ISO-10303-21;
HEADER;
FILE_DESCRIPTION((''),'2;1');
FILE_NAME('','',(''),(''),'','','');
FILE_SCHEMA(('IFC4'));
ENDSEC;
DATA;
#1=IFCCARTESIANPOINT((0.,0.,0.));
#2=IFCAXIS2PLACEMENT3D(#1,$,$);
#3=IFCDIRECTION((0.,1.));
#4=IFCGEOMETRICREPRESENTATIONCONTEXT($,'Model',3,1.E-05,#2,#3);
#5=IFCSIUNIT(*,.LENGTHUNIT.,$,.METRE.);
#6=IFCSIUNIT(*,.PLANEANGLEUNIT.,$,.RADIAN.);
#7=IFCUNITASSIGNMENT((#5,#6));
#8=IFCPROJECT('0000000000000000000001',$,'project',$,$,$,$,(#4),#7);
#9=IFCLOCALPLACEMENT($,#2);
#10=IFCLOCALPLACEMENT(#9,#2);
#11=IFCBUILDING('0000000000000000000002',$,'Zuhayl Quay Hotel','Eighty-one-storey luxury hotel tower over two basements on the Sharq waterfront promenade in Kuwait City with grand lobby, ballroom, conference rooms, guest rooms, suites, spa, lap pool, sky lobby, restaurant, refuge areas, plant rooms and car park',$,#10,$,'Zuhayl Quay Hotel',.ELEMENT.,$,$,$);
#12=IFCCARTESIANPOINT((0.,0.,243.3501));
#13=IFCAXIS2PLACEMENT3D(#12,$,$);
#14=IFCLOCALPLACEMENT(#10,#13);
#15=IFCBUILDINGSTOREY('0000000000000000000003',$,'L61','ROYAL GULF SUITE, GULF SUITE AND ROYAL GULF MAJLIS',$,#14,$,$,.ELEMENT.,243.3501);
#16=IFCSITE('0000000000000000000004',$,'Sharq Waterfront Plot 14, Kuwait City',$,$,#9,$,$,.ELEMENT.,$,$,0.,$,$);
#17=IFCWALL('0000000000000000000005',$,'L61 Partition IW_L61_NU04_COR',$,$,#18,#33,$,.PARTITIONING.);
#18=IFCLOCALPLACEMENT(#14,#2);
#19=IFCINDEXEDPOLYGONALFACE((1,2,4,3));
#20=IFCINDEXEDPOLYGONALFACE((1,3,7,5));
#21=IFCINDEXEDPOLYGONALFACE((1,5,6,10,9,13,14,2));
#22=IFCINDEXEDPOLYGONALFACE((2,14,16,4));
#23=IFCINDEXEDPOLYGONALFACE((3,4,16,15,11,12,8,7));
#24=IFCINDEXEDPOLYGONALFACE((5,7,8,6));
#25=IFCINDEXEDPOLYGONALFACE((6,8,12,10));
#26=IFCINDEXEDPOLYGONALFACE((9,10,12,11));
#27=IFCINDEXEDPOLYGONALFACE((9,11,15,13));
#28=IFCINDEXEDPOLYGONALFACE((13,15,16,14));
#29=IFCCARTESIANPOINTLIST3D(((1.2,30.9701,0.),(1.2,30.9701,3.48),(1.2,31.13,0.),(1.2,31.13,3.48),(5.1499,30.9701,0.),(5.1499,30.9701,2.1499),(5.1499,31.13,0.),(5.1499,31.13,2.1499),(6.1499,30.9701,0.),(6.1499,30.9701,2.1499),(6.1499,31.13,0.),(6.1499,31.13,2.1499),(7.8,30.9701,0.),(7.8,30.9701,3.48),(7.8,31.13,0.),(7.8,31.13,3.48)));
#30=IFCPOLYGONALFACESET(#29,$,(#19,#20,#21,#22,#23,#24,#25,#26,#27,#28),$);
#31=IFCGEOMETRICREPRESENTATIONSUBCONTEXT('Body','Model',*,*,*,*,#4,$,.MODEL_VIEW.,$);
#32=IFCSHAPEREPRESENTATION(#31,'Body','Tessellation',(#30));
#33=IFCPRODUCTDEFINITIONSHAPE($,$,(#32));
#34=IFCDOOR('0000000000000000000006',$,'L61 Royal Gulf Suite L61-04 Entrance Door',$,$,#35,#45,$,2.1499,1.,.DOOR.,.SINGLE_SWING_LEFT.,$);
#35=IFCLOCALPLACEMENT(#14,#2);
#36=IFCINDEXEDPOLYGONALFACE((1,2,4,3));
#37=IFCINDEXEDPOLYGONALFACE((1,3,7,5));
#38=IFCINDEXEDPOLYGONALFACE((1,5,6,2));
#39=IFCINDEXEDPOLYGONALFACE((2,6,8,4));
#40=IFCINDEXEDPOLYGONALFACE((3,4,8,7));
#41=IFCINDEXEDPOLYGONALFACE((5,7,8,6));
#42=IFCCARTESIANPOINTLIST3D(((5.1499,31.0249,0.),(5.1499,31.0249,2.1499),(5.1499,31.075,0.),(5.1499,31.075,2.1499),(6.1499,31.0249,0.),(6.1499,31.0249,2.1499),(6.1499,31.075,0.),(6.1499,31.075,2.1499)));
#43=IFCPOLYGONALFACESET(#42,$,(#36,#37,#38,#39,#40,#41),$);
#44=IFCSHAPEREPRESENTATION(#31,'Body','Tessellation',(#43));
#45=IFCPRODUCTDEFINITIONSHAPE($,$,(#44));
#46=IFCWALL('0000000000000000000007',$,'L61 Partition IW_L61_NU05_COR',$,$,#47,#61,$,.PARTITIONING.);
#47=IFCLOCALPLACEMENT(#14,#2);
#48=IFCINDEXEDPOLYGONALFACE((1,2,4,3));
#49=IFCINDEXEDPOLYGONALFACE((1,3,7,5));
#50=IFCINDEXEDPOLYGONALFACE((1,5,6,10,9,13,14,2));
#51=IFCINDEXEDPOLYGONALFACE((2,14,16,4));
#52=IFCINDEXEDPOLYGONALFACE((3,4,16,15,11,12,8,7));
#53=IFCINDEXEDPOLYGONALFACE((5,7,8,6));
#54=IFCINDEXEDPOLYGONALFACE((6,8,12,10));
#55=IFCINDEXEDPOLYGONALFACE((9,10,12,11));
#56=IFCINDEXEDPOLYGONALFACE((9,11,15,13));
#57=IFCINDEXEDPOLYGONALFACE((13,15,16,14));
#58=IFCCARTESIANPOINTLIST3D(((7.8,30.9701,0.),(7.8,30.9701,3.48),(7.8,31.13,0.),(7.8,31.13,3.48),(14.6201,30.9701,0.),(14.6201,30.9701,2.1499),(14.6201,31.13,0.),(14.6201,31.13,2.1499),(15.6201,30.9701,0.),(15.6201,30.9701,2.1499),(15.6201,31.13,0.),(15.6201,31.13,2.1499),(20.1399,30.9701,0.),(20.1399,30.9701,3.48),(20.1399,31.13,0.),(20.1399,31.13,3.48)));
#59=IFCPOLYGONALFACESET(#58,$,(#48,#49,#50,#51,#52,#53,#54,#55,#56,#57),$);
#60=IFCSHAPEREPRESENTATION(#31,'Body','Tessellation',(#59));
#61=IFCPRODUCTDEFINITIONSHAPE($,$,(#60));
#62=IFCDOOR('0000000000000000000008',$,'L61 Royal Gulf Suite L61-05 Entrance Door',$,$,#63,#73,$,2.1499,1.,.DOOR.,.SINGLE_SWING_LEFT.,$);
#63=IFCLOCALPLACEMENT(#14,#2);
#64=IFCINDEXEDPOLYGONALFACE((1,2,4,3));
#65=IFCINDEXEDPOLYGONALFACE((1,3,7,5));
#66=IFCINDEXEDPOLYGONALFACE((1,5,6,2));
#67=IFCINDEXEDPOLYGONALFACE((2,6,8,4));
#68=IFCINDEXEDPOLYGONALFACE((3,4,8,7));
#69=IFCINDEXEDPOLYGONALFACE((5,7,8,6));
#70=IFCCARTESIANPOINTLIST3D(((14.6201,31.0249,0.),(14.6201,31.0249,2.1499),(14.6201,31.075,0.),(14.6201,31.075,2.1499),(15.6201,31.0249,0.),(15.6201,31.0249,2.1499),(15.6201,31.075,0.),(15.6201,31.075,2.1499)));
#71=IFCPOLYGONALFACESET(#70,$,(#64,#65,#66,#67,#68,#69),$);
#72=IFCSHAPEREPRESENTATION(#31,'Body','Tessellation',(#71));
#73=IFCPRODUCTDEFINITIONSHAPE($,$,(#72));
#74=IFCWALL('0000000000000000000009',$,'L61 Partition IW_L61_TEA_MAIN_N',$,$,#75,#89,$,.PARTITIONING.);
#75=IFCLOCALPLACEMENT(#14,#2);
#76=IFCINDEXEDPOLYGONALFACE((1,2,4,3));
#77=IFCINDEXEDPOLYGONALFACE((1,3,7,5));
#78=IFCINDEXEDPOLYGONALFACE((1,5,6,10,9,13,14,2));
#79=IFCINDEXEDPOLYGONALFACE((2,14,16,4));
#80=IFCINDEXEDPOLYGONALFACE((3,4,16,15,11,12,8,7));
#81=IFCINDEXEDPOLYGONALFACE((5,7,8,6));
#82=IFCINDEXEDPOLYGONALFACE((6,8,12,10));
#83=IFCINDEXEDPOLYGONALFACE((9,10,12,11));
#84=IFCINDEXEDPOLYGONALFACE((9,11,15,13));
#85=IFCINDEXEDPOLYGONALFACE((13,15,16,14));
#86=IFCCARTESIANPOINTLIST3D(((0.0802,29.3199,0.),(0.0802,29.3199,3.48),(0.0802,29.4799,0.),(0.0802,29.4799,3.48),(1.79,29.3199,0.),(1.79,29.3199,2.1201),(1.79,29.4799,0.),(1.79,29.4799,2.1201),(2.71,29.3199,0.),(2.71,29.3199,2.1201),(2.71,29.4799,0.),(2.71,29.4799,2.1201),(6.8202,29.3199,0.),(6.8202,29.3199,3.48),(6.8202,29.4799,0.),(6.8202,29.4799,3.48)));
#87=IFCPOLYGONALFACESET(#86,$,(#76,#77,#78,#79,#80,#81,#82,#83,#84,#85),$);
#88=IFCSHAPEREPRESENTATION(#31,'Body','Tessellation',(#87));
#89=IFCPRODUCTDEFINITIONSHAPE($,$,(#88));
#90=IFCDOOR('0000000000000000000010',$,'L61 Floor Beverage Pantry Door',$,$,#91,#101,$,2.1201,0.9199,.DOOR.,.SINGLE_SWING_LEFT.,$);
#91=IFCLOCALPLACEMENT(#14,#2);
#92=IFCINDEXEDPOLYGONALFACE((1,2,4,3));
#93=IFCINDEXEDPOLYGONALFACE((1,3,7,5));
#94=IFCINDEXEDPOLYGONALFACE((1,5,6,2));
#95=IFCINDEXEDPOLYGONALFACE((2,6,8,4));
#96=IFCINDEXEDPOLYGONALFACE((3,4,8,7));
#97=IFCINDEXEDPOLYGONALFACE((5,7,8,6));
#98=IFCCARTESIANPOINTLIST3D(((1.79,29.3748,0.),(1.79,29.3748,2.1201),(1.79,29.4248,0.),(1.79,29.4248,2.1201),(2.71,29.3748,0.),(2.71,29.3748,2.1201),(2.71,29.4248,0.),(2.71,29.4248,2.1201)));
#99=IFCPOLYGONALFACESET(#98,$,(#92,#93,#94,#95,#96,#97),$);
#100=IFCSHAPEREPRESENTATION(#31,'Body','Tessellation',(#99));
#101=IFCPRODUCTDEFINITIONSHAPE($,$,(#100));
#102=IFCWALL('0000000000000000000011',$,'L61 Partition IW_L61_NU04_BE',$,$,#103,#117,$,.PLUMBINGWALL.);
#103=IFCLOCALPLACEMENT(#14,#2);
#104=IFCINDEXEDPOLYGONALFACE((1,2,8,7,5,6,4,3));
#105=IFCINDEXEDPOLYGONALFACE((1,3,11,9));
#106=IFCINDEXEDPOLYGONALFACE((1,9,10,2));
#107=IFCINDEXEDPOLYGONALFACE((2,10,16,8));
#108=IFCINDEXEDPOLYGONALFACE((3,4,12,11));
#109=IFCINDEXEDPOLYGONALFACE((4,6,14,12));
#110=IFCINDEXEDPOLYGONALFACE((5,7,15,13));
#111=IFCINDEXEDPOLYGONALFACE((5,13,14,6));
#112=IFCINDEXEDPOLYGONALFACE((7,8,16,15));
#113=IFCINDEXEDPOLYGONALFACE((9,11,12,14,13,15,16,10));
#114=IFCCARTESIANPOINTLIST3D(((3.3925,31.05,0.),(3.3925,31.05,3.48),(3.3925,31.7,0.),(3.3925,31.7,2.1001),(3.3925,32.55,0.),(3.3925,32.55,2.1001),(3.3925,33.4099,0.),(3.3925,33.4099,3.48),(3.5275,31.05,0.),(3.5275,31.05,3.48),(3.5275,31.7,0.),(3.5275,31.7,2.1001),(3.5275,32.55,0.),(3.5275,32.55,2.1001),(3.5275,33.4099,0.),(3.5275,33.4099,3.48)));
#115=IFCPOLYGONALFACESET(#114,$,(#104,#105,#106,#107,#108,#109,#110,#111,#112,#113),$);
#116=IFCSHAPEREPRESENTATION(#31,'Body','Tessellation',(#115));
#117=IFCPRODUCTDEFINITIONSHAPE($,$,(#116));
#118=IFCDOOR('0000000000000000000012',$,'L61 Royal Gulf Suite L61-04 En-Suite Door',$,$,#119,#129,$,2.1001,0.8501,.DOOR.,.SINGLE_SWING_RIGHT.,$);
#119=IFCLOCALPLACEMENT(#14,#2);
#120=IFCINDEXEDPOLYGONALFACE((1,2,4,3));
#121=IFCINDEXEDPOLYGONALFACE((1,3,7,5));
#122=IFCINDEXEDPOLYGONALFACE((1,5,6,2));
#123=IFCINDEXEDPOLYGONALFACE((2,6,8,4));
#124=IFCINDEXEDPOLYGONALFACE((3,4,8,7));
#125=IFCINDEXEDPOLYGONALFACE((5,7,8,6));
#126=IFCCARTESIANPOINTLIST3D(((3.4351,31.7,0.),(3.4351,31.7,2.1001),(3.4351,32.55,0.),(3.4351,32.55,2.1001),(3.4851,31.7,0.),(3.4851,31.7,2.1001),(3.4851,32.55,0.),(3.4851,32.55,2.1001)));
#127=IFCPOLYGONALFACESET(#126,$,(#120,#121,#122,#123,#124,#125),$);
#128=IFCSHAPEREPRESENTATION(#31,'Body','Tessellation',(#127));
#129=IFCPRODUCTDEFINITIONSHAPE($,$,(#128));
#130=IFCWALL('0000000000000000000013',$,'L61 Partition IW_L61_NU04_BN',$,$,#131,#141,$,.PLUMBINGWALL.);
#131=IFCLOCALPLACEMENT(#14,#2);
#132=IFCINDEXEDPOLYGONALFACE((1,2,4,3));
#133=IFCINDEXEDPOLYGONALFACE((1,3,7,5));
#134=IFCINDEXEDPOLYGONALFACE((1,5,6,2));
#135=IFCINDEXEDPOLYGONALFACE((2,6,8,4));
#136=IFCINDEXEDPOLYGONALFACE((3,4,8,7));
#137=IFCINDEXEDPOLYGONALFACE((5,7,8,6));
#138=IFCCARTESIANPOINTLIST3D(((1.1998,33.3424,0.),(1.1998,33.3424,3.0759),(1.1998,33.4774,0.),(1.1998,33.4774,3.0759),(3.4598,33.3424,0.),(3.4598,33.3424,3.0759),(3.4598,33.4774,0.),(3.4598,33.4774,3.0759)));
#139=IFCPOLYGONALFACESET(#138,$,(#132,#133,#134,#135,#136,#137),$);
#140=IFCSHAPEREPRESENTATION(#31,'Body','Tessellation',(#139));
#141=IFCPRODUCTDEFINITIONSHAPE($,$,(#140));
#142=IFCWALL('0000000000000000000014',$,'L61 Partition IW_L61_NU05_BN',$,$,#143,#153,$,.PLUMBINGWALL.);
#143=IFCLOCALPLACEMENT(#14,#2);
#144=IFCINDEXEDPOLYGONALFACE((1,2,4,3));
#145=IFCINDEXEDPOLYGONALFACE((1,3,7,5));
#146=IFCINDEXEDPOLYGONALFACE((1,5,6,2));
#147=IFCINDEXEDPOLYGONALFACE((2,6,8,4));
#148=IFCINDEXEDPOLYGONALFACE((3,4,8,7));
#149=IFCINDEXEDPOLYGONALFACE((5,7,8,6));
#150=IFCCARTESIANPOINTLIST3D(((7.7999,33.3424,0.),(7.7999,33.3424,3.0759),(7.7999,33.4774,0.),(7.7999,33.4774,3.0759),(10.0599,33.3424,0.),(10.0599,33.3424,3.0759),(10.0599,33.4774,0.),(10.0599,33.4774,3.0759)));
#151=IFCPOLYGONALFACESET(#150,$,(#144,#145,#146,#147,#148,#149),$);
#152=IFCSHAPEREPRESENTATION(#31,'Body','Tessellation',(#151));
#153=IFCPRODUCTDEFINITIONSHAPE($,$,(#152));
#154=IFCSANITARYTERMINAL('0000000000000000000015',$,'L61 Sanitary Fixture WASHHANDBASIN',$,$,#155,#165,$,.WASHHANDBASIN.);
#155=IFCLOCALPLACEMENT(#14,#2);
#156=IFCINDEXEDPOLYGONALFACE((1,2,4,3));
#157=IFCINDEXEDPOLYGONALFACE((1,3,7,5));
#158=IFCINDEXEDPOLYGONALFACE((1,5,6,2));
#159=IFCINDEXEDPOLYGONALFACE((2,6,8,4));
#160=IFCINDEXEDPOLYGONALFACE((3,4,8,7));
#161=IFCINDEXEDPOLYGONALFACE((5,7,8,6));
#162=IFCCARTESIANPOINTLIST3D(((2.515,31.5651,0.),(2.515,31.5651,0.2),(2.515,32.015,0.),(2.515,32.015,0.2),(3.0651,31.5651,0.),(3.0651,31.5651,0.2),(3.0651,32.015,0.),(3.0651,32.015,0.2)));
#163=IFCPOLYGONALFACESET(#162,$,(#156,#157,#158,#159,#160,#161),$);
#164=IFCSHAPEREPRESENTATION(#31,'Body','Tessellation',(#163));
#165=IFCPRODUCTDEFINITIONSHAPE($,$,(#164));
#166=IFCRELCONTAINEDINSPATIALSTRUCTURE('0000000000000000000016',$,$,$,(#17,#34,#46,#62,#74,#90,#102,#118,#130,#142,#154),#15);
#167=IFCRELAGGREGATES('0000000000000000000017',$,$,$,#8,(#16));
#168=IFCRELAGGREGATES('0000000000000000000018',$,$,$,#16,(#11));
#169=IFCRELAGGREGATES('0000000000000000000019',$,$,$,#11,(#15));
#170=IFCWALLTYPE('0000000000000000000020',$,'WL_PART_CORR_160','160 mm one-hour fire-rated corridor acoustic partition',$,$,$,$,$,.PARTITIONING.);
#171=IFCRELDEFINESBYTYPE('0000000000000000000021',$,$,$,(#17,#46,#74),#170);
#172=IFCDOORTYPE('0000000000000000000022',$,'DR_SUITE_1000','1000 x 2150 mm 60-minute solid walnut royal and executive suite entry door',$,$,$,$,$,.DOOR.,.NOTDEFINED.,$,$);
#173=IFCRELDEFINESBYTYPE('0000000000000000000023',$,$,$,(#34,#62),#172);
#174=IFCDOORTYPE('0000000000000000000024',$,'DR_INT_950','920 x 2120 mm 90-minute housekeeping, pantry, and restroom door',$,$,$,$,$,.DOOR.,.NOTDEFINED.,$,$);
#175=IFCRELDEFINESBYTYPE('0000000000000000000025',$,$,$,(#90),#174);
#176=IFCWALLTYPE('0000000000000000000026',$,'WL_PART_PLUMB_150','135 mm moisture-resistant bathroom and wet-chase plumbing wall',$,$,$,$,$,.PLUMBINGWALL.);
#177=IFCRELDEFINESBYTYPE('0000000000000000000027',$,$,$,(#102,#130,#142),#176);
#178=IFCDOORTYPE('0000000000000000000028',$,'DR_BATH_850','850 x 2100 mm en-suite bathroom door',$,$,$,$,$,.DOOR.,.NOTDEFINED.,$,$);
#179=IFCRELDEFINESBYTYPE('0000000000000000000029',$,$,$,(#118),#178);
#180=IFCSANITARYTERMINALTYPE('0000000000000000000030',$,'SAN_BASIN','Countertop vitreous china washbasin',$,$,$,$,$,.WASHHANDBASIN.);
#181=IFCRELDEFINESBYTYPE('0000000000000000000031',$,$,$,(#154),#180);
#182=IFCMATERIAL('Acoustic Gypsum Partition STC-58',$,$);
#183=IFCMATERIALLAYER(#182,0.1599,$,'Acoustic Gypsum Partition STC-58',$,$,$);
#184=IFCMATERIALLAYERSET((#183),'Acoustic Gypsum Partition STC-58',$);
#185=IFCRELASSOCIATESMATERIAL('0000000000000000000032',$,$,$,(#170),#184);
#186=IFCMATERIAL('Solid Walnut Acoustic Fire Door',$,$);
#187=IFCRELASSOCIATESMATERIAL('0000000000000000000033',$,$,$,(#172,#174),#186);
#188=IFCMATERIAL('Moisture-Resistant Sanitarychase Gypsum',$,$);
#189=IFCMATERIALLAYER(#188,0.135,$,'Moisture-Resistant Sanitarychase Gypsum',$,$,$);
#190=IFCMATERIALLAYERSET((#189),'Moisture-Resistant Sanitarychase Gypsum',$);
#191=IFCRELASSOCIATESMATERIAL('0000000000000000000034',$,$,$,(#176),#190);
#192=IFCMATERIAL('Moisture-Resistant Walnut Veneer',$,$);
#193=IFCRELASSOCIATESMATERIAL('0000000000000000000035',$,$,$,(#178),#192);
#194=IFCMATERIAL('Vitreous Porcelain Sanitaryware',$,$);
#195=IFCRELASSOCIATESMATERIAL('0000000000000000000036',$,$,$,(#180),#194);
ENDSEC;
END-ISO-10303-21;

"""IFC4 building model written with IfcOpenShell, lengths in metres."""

from ifc_helpers import new_model, si_unit, direction, frame, frame_2d, origin, origin_2d, place, context, subcontext, project, spatial, rectangle, extrude, material, layer, layer_set, type_object, element, fill, save


model = new_model("IFC4")

# Units and contexts
model_context = context("Model", 3, precision=1e-05, world=origin(), true_north=direction((0.0, 1.0)))
body_context = subcontext(model_context, "Body", "Model", "MODEL_VIEW")
ifc_project = project(units=[si_unit("LENGTHUNIT", "METRE"), si_unit("PLANEANGLEUNIT", "RADIAN")], contexts=[model_context])

# Site, building, storey
site_placement = place(None, origin())
site = spatial("IfcSite", under=ifc_project, at=site_placement, Name="Sharq Waterfront Plot 14, Kuwait City", CompositionType="ELEMENT", RefElevation=0.0)
building_placement = place(site_placement, origin())
building = spatial("IfcBuilding", under=site, at=building_placement, Name="Zuhayl Quay Hotel", Description="Eighty-one-storey luxury hotel tower over two basements on the Sharq waterfront promenade in Kuwait City with grand lobby, ballroom, conference rooms, guest rooms, suites, spa, lap pool, sky lobby, restaurant, refuge areas, plant rooms and car park", LongName="Zuhayl Quay Hotel", CompositionType="ELEMENT")
storey_placement = place(building_placement, frame((0.0, 0.0, 243.3501)))
storey = spatial("IfcBuildingStorey", under=building, at=storey_placement, Name="L61", Description="ROYAL GULF SUITE, GULF SUITE AND ROYAL GULF MAJLIS", CompositionType="ELEMENT", Elevation=243.3501)

# Shared definitions
ifc_material_1 = material(Name="Acoustic Gypsum Partition STC-58")

# Walls, openings, doors
ifc_layer_1 = layer(ifc_material_1, 0.1599, Name="Acoustic Gypsum Partition STC-58")
ifc_layer_set_1 = layer_set([ifc_layer_1], Name="Acoustic Gypsum Partition STC-58")
wall_type_1 = type_object("IfcWallType", Name="WL_PART_CORR_160", Description="160 mm one-hour fire-rated corridor acoustic partition", PredefinedType="PARTITIONING", material=ifc_layer_set_1)
wall_1_placement = place(storey_placement, frame((1.2, 31.05, 0.0), z_axis=(0.0, 0.0, 1.0), x_axis=(1.0, 0.0, 0.0)))
wall_1 = element("IfcWall", 1, at=wall_1_placement, inside=storey, type_object=wall_type_1, Name="L61 Partition IW_L61_NU04_COR", PredefinedType="PARTITIONING", context=body_context, shape_type="SweptSolid", body=[
    extrude(rectangle(XDim=6.6001, YDim=0.1599, at=frame_2d((3.3, 0.0))), origin(), (0.0, 0.0, 1.0), 3.48),
])
opening_1_placement = place(wall_1_placement, frame((3.95, 0.0, 0.0)))
opening_1 = element("IfcOpeningElement", 2, at=opening_1_placement, cuts=wall_1, PredefinedType="OPENING", context=body_context, shape_type="SweptSolid", body=[
    extrude(rectangle(XDim=1.0, YDim=2.1499, at=frame_2d((0.5, 1.075))), frame((0.0, 0.0898, 0.0), z_axis=(0.0, -1.0, 0.0), x_axis=(1.0, 0.0, 0.0)), (0.0, 0.0, 1.0), 0.1799),
])
ifc_material_2 = material(Name="Solid Walnut Acoustic Fire Door")
door_type_1 = type_object("IfcDoorType", Name="DR_SUITE_1000", Description="1000 x 2150 mm 60-minute solid walnut royal and executive suite entry door", OperationType="NOTDEFINED", PredefinedType="DOOR", material=ifc_material_2)
door_1_placement = place(opening_1_placement, origin())
door_1 = element("IfcDoor", 3, at=door_1_placement, inside=storey, type_object=door_type_1, Name="L61 Royal Gulf Suite L61-04 Entrance Door", OperationType="SINGLE_SWING_LEFT", OverallHeight=2.1499, OverallWidth=1.0, PredefinedType="DOOR", context=body_context, shape_type="SweptSolid", body=[
    extrude(rectangle(XDim=1.0, YDim=2.1499, at=frame_2d((0.5, 1.075))), frame((0.0, 0.0249, 0.0), z_axis=(0.0, -1.0, 0.0), x_axis=(1.0, 0.0, 0.0)), (0.0, 0.0, 1.0), 0.05),
])
fill(opening_1, door_1)
wall_2_placement = place(storey_placement, frame((7.8, 31.05, 0.0), z_axis=(0.0, 0.0, 1.0), x_axis=(1.0, 0.0, 0.0)))
wall_2 = element("IfcWall", 4, at=wall_2_placement, inside=storey, type_object=wall_type_1, Name="L61 Partition IW_L61_NU05_COR", PredefinedType="PARTITIONING", context=body_context, shape_type="SweptSolid", body=[
    extrude(rectangle(XDim=12.3398, YDim=0.1599, at=frame_2d((6.1699, 0.0))), origin(), (0.0, 0.0, 1.0), 3.48),
])
opening_2_placement = place(wall_2_placement, frame((6.8201, 0.0, 0.0)))
opening_2 = element("IfcOpeningElement", 5, at=opening_2_placement, cuts=wall_2, PredefinedType="OPENING", context=body_context, shape_type="SweptSolid", body=[
    extrude(rectangle(XDim=1.0, YDim=2.1499, at=frame_2d((0.5, 1.075))), frame((0.0, 0.0898, 0.0), z_axis=(0.0, -1.0, 0.0), x_axis=(1.0, 0.0, 0.0)), (0.0, 0.0, 1.0), 0.1799),
])
door_2_placement = place(opening_2_placement, origin())
door_2 = element("IfcDoor", 6, at=door_2_placement, inside=storey, type_object=door_type_1, Name="L61 Royal Gulf Suite L61-05 Entrance Door", OperationType="SINGLE_SWING_LEFT", OverallHeight=2.1499, OverallWidth=1.0, PredefinedType="DOOR", context=body_context, shape_type="SweptSolid", body=[
    extrude(rectangle(XDim=1.0, YDim=2.1499, at=frame_2d((0.5, 1.075))), frame((0.0, 0.0249, 0.0), z_axis=(0.0, -1.0, 0.0), x_axis=(1.0, 0.0, 0.0)), (0.0, 0.0, 1.0), 0.05),
])
fill(opening_2, door_2)
wall_3_placement = place(storey_placement, frame((0.0801, 29.3999, 0.0), z_axis=(0.0, 0.0, 1.0), x_axis=(1.0, 0.0, 0.0)))
wall_3 = element("IfcWall", 7, at=wall_3_placement, inside=storey, type_object=wall_type_1, Name="L61 Partition IW_L61_TEA_MAIN_N", PredefinedType="PARTITIONING", context=body_context, shape_type="SweptSolid", body=[
    extrude(rectangle(XDim=6.74, YDim=0.1599, at=frame_2d((3.3701, 0.0))), origin(), (0.0, 0.0, 1.0), 3.48),
])
opening_3_placement = place(wall_3_placement, frame((1.71, 0.0, 0.0)))
opening_3 = element("IfcOpeningElement", 8, at=opening_3_placement, cuts=wall_3, PredefinedType="OPENING", context=body_context, shape_type="SweptSolid", body=[
    extrude(rectangle(XDim=0.9199, YDim=2.1201, at=frame_2d((0.46, 1.0601))), frame((0.0, 0.0898, 0.0), z_axis=(0.0, -1.0, 0.0), x_axis=(1.0, 0.0, 0.0)), (0.0, 0.0, 1.0), 0.1799),
])
door_type_2 = type_object("IfcDoorType", Name="DR_INT_950", Description="920 x 2120 mm 90-minute housekeeping, pantry, and restroom door", OperationType="NOTDEFINED", PredefinedType="DOOR", material=ifc_material_2)
door_3_placement = place(opening_3_placement, origin())
door_3 = element("IfcDoor", 9, at=door_3_placement, inside=storey, type_object=door_type_2, Name="L61 Floor Beverage Pantry Door", OperationType="SINGLE_SWING_LEFT", OverallHeight=2.1201, OverallWidth=0.9199, PredefinedType="DOOR", context=body_context, shape_type="SweptSolid", body=[
    extrude(rectangle(XDim=0.9199, YDim=2.1201, at=frame_2d((0.46, 1.0601))), frame((0.0, 0.0249, 0.0), z_axis=(0.0, -1.0, 0.0), x_axis=(1.0, 0.0, 0.0)), (0.0, 0.0, 1.0), 0.05),
])
fill(opening_3, door_3)
ifc_material_3 = material(Name="Moisture-Resistant Sanitarychase Gypsum")
ifc_layer_2 = layer(ifc_material_3, 0.135, Name="Moisture-Resistant Sanitarychase Gypsum")
ifc_layer_set_2 = layer_set([ifc_layer_2], Name="Moisture-Resistant Sanitarychase Gypsum")
wall_type_2 = type_object("IfcWallType", Name="WL_PART_PLUMB_150", Description="135 mm moisture-resistant bathroom and wet-chase plumbing wall", PredefinedType="PLUMBINGWALL", material=ifc_layer_set_2)
wall_4_placement = place(storey_placement, frame((3.46, 31.05, 0.0), z_axis=(0.0, 0.0, 1.0), x_axis=(0.0, 1.0, 0.0)))
wall_4 = element("IfcWall", 10, at=wall_4_placement, inside=storey, type_object=wall_type_2, Name="L61 Partition IW_L61_NU04_BE", PredefinedType="PLUMBINGWALL", context=body_context, shape_type="SweptSolid", body=[
    extrude(rectangle(XDim=2.3599, YDim=0.135, at=frame_2d((1.1799, 0.0))), origin(), (0.0, 0.0, 1.0), 3.48),
])
opening_4_placement = place(wall_4_placement, frame((0.6499, 0.0, 0.0)))
opening_4 = element("IfcOpeningElement", 11, at=opening_4_placement, cuts=wall_4, PredefinedType="OPENING", context=body_context, shape_type="SweptSolid", body=[
    extrude(rectangle(XDim=0.8501, YDim=2.1001, at=frame_2d((0.425, 1.05))), frame((0.0, 0.0774, 0.0), z_axis=(0.0, -1.0, 0.0), x_axis=(1.0, 0.0, 0.0)), (0.0, 0.0, 1.0), 0.155),
])
ifc_material_4 = material(Name="Moisture-Resistant Walnut Veneer")
door_type_3 = type_object("IfcDoorType", Name="DR_BATH_850", Description="850 x 2100 mm en-suite bathroom door", OperationType="NOTDEFINED", PredefinedType="DOOR", material=ifc_material_4)
door_4_placement = place(opening_4_placement, origin())
door_4 = element("IfcDoor", 12, at=door_4_placement, inside=storey, type_object=door_type_3, Name="L61 Royal Gulf Suite L61-04 En-Suite Door", OperationType="SINGLE_SWING_RIGHT", OverallHeight=2.1001, OverallWidth=0.8501, PredefinedType="DOOR", context=body_context, shape_type="SweptSolid", body=[
    extrude(rectangle(XDim=0.8501, YDim=2.1001, at=frame_2d((0.425, 1.05))), frame((0.0, 0.0249, 0.0), z_axis=(0.0, -1.0, 0.0), x_axis=(1.0, 0.0, 0.0)), (0.0, 0.0, 1.0), 0.05),
])
fill(opening_4, door_4)

# Walls
for number, where, z_axis, x_axis, name in (
    (13, (1.2, 33.4099, 0.0), (0.0, 0.0, 1.0), (1.0, 0.0, 0.0), "L61 Partition IW_L61_NU04_BN"),
    (14, (7.8, 33.4099, 0.0), (0.0, 0.0, 1.0), (1.0, 0.0, 0.0), "L61 Partition IW_L61_NU05_BN"),
):
    element("IfcWall", number, at=place(storey_placement, frame(where, z_axis=z_axis, x_axis=x_axis)), inside=storey, type_object=wall_type_2, Name=name, PredefinedType="PLUMBINGWALL", context=body_context, shape_type="SweptSolid", body=[
        extrude(rectangle(XDim=2.26, YDim=0.135, at=frame_2d((1.1299, 0.0))), origin(), (0.0, 0.0, 1.0), 3.0759),
    ])

# Sanitary terminal
ifc_material_5 = material(Name="Vitreous Porcelain Sanitaryware")
sanitary_terminal_type_1 = type_object("IfcSanitaryTerminalType", Name="SAN_BASIN", Description="Countertop vitreous china washbasin", PredefinedType="WASHHANDBASIN", material=ifc_material_5)
sanitary_terminal_1_placement = place(storey_placement, frame((2.79, 31.79, 0.0), z_axis=(0.0, 0.0, 1.0), x_axis=(1.0, 0.0, 0.0)))
element("IfcSanitaryTerminal", 15, at=sanitary_terminal_1_placement, inside=storey, type_object=sanitary_terminal_type_1, Name="L61 Sanitary Fixture WASHHANDBASIN", PredefinedType="WASHHANDBASIN", context=body_context, shape_type="SweptSolid", body=[
    extrude(rectangle(XDim=0.55, YDim=0.45, at=origin_2d()), origin(), (0.0, 0.0, 1.0), 0.2),
])

save(model, "model.ifc")
